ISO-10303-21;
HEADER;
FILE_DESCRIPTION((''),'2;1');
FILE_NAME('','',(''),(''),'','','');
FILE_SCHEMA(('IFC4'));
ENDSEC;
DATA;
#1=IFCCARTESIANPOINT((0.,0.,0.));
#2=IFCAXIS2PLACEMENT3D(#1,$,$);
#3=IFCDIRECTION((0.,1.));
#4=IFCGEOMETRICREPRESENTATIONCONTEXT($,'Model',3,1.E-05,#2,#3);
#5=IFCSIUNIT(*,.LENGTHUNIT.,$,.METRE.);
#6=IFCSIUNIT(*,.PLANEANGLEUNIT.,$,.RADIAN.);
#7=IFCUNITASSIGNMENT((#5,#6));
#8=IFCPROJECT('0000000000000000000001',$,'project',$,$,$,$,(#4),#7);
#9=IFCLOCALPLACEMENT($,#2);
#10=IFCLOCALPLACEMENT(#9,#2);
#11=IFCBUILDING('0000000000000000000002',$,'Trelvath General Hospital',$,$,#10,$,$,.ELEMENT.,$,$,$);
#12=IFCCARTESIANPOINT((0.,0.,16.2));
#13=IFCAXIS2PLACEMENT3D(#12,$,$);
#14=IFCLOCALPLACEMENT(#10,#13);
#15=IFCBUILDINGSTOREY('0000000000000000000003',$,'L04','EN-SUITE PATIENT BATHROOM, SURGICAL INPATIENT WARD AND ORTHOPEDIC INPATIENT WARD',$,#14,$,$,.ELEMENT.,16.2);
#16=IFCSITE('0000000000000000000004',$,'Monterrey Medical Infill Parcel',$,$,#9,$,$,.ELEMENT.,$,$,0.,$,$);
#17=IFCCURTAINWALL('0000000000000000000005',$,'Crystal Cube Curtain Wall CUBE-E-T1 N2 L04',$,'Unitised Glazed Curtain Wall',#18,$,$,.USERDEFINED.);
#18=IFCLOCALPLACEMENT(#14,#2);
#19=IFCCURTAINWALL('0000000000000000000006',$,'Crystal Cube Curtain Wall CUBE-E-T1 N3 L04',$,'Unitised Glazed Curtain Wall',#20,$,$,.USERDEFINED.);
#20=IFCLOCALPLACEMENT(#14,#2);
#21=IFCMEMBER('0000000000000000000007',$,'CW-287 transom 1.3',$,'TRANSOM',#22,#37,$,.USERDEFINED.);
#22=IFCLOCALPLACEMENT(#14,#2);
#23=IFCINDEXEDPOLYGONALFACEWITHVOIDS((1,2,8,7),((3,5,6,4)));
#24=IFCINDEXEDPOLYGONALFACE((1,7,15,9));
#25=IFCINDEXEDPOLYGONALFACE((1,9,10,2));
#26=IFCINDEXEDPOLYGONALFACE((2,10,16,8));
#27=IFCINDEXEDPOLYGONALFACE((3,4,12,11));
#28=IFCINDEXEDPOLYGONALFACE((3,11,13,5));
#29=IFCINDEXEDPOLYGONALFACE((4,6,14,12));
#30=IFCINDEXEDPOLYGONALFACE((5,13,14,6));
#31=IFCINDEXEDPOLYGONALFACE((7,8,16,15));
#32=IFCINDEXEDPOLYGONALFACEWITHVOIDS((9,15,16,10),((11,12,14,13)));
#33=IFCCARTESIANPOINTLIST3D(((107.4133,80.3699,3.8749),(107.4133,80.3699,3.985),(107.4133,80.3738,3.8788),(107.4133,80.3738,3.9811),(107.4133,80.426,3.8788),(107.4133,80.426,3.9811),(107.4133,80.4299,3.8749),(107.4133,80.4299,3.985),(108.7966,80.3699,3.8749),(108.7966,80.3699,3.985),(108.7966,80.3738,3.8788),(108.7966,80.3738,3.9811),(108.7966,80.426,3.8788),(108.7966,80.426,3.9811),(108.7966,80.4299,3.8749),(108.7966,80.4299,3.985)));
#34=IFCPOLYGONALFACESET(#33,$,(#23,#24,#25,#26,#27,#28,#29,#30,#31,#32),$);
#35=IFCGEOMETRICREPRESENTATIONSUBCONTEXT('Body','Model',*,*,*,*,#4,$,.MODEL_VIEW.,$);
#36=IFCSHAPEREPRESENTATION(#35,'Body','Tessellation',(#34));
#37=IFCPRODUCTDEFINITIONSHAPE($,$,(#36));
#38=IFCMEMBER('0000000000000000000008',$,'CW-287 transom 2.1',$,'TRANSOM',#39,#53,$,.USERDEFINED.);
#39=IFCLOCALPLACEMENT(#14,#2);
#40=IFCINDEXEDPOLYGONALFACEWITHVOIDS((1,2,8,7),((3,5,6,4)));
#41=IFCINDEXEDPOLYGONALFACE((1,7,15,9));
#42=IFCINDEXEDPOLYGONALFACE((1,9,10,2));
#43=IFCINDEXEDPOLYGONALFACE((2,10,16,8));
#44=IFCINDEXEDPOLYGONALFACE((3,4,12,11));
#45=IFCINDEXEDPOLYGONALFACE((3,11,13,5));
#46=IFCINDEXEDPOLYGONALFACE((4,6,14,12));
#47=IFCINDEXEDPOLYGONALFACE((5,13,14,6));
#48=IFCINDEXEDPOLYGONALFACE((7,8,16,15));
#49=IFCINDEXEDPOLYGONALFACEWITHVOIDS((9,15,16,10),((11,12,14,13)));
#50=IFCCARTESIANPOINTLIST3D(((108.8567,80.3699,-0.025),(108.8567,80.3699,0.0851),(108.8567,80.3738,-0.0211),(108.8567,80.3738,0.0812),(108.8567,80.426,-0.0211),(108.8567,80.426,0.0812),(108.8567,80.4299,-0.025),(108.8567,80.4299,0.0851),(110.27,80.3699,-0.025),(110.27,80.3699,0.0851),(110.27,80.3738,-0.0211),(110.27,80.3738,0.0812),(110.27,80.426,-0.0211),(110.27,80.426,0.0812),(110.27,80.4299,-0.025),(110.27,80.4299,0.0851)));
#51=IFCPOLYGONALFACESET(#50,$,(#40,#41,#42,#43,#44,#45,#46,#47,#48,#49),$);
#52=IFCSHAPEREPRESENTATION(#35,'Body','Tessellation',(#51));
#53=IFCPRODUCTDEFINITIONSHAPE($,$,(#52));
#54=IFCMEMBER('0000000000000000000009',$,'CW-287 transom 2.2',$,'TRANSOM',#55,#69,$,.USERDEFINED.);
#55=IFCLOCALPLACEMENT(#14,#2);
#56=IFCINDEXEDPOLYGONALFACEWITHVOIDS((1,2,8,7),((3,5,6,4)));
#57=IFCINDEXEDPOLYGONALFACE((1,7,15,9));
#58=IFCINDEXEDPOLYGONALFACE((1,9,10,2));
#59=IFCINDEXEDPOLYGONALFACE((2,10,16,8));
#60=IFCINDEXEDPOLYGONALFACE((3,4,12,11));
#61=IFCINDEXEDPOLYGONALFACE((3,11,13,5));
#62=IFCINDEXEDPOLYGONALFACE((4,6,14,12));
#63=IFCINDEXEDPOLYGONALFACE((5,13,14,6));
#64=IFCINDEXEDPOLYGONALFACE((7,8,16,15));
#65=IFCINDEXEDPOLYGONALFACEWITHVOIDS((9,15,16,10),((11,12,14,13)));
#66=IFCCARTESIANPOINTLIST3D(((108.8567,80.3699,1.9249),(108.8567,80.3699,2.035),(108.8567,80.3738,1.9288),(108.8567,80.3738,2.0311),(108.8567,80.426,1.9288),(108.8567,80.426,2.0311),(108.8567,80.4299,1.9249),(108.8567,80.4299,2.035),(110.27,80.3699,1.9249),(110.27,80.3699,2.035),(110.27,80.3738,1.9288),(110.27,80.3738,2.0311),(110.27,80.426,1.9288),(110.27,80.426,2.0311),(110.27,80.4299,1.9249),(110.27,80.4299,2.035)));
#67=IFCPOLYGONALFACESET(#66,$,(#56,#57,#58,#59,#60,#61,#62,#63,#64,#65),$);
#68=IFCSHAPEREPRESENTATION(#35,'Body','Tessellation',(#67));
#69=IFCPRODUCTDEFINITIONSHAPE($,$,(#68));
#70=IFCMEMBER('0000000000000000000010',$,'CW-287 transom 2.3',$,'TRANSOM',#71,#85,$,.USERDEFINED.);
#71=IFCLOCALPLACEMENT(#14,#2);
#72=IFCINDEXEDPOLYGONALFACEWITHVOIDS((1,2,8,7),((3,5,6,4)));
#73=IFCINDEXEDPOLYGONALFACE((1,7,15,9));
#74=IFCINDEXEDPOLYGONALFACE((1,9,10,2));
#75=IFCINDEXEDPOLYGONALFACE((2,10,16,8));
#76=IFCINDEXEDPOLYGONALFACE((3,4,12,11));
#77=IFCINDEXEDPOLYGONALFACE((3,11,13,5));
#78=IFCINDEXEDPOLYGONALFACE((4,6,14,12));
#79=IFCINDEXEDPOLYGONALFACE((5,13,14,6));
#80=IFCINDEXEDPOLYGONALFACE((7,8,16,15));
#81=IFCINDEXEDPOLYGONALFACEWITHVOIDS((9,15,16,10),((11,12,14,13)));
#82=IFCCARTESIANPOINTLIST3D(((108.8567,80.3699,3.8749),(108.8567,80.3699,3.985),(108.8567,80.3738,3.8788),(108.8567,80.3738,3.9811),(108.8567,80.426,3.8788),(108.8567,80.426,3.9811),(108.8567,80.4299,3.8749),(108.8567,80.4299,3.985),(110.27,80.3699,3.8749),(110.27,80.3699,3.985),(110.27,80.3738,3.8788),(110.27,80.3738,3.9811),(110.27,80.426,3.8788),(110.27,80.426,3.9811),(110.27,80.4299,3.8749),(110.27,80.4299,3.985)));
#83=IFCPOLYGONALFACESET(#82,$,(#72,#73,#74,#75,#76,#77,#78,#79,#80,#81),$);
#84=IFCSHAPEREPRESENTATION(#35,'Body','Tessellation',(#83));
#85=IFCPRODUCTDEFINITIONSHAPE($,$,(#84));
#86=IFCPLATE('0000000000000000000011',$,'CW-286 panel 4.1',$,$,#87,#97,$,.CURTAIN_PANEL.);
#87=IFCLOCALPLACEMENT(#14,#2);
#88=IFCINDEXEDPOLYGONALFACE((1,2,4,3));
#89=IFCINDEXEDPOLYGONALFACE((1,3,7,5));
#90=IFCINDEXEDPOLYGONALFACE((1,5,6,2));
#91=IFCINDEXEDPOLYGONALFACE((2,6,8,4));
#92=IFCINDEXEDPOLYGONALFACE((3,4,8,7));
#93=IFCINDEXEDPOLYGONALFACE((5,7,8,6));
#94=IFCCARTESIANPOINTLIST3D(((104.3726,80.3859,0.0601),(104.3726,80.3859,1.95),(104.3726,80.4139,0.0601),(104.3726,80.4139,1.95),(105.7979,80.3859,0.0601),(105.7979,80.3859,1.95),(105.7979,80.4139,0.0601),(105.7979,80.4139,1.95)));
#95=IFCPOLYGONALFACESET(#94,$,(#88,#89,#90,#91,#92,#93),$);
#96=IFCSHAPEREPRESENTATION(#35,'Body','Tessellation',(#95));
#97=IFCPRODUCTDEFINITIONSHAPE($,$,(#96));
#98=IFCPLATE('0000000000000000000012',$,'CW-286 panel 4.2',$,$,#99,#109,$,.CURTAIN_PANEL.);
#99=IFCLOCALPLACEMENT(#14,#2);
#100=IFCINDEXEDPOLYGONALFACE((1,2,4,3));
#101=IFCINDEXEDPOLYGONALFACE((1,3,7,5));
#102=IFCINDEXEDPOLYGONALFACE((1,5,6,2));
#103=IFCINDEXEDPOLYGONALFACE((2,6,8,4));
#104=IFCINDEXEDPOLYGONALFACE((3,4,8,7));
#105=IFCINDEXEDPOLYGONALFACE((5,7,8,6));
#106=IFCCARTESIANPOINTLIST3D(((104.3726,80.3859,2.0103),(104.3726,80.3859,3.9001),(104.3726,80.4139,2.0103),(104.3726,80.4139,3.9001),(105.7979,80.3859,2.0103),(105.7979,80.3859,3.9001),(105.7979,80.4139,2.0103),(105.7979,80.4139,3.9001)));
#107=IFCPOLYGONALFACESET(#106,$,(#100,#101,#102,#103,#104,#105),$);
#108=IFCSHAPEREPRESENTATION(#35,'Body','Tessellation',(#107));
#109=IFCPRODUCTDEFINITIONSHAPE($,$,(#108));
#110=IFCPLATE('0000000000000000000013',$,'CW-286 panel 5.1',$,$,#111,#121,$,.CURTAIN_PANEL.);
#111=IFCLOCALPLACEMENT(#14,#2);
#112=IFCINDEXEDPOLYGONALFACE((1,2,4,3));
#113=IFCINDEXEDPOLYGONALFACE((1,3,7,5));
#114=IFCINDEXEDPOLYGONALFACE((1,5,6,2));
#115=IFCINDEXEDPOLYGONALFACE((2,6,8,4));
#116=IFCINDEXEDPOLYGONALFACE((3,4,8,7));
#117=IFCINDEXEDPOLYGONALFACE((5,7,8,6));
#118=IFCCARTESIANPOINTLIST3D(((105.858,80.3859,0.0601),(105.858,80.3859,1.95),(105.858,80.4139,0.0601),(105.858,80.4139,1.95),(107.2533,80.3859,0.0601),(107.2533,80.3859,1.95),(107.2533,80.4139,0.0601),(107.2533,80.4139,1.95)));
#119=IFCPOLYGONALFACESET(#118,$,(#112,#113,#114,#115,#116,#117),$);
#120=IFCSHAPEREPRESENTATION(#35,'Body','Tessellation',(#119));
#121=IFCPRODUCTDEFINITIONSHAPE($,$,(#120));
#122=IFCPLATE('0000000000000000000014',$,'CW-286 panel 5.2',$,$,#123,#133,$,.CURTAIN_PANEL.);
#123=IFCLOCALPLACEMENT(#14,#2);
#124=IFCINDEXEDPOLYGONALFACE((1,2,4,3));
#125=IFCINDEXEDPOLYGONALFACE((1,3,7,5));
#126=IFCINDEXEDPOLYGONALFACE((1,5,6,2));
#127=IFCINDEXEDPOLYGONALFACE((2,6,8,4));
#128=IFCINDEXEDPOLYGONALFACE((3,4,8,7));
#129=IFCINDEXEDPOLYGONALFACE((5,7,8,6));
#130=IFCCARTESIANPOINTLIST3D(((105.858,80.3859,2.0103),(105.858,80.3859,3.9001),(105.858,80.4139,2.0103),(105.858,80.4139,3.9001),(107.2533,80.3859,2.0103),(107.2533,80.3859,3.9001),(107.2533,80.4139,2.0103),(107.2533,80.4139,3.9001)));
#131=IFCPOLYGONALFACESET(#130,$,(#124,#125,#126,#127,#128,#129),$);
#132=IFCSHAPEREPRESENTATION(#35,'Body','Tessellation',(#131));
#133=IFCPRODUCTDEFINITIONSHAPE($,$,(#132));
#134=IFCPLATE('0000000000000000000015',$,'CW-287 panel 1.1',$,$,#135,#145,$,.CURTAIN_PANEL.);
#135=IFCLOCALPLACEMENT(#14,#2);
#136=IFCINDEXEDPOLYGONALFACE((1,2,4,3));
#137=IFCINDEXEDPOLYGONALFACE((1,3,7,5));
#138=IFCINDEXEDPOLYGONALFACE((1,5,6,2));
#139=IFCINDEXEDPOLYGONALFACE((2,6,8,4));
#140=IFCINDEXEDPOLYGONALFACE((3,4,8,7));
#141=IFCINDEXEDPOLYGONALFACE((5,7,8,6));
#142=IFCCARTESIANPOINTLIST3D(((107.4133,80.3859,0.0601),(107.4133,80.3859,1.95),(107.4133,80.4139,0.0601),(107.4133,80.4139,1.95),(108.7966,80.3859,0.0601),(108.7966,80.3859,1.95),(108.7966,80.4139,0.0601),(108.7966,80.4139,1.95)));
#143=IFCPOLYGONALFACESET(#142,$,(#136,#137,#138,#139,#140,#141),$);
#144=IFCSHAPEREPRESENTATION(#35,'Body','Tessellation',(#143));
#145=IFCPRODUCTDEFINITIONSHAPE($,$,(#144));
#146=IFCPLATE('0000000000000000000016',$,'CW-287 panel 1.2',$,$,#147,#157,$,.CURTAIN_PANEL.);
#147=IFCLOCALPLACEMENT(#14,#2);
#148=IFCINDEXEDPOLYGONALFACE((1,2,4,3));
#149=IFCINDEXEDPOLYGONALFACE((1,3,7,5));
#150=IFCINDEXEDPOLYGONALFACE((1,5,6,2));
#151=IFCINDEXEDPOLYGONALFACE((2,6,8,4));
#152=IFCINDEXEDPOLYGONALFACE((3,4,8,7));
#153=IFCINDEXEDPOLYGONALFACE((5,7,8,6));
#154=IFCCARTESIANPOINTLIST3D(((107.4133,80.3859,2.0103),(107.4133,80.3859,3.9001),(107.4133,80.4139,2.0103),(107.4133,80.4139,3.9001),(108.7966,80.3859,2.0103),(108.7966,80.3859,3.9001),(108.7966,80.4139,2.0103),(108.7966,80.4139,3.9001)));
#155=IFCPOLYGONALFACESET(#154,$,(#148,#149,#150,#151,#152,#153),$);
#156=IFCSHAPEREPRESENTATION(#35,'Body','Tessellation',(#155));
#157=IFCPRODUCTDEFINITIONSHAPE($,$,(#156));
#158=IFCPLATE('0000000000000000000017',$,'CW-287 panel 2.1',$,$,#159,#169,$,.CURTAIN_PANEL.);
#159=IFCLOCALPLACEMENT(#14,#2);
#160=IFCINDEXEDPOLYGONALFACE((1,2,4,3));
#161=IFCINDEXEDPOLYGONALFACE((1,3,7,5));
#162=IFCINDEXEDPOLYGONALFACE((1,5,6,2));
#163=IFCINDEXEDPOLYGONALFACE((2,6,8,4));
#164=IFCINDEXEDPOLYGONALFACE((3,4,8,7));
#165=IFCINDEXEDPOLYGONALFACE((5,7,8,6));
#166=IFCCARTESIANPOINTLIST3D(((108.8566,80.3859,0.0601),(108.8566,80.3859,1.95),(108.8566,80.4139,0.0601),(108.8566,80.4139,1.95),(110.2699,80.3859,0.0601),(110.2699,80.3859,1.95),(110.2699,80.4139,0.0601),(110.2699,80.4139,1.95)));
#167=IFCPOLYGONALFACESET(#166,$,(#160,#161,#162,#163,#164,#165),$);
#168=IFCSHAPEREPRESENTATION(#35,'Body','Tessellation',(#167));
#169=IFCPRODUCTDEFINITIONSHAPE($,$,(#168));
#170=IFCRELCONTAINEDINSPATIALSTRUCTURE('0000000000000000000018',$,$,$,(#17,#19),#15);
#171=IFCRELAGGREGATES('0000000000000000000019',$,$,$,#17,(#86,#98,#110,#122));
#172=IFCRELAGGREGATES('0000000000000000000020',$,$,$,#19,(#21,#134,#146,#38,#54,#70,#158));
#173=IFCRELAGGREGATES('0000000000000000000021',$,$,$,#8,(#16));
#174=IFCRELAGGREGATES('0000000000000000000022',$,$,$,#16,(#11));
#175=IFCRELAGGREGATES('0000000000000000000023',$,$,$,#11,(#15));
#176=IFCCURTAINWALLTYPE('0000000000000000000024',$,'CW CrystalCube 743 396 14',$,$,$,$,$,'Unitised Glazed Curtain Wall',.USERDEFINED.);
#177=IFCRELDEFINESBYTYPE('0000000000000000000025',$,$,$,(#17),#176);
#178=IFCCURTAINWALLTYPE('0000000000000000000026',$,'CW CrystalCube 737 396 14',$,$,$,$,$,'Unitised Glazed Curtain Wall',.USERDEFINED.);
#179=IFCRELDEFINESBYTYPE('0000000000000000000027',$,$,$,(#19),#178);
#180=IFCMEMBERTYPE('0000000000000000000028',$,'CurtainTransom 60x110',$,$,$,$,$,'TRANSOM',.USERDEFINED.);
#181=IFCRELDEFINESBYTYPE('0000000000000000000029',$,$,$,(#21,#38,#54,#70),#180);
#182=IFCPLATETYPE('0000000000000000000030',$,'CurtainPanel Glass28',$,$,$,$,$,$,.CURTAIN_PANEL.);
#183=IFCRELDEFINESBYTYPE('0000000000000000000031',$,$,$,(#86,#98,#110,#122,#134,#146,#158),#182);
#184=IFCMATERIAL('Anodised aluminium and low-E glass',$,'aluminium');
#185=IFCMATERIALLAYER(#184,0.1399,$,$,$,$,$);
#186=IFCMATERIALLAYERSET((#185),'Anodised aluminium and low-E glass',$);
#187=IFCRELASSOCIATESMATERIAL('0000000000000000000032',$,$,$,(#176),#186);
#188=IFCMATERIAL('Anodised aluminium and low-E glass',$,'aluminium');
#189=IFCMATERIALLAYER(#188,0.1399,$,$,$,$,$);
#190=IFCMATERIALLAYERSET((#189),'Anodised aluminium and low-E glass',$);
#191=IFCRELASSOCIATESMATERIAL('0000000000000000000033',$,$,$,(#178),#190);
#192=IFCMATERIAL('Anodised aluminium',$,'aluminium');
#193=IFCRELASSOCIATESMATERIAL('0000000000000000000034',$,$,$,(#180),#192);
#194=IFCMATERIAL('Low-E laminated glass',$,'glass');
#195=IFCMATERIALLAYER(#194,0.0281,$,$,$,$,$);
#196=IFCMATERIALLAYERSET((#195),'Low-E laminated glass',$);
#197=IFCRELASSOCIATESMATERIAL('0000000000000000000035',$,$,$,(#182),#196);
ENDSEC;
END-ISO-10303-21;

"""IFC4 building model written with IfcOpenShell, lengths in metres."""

from ifc_helpers import new_model, si_unit, direction, frame, origin, origin_2d, place, context, subcontext, project, spatial, rectangle, hollow_rectangle, extrude, material, layer, layer_set, material_profile, profile_set, type_object, element, aggregate, save


model = new_model("IFC4")

# Units and contexts
model_context = context("Model", 3, precision=1e-05, world=origin(), true_north=direction((0.0, 1.0)))
body_context = subcontext(model_context, "Body", "Model", "MODEL_VIEW")
ifc_project = project(units=[si_unit("LENGTHUNIT", "METRE"), si_unit("PLANEANGLEUNIT", "RADIAN")], contexts=[model_context])

# Site, building, storey
site_placement = place(None, origin())
site = spatial("IfcSite", under=ifc_project, at=site_placement, Name="Monterrey Medical Infill Parcel", CompositionType="ELEMENT", RefElevation=0.0)
building_placement = place(site_placement, origin())
building = spatial("IfcBuilding", under=site, at=building_placement, Name="Trelvath General Hospital", CompositionType="ELEMENT")
storey_placement = place(building_placement, frame((0.0, 0.0, 16.2)))
storey = spatial("IfcBuildingStorey", under=building, at=storey_placement, Name="L04", Description="EN-SUITE PATIENT BATHROOM, SURGICAL INPATIENT WARD AND ORTHOPEDIC INPATIENT WARD", CompositionType="ELEMENT", Elevation=16.2)

# Curtain walls
ifc_material_1 = material(Name="Anodised aluminium and low-E glass", Category="aluminium")
ifc_layer_1 = layer(ifc_material_1, 0.1399)
ifc_layer_set_1 = layer_set([ifc_layer_1], Name="Anodised aluminium and low-E glass")
curtain_wall_type_1 = type_object("IfcCurtainWallType", Name="CW CrystalCube 743 396 14", ElementType="Unitised Glazed Curtain Wall", PredefinedType="USERDEFINED", material=ifc_layer_set_1)
curtain_wall_1_placement = place(storey_placement, origin())
curtain_wall_1 = element("IfcCurtainWall", 1, at=curtain_wall_1_placement, inside=storey, type_object=curtain_wall_type_1, Name="Crystal Cube Curtain Wall CUBE-E-T1 N2 L04", ObjectType="Unitised Glazed Curtain Wall", PredefinedType="USERDEFINED")
ifc_material_2 = material(Name="Anodised aluminium and low-E glass", Category="aluminium")
ifc_layer_2 = layer(ifc_material_2, 0.1399)
ifc_layer_set_2 = layer_set([ifc_layer_2], Name="Anodised aluminium and low-E glass")
curtain_wall_type_2 = type_object("IfcCurtainWallType", Name="CW CrystalCube 737 396 14", ElementType="Unitised Glazed Curtain Wall", PredefinedType="USERDEFINED", material=ifc_layer_set_2)
curtain_wall_2_placement = place(storey_placement, origin())
curtain_wall_2 = element("IfcCurtainWall", 2, at=curtain_wall_2_placement, inside=storey, type_object=curtain_wall_type_2, Name="Crystal Cube Curtain Wall CUBE-E-T1 N3 L04", ObjectType="Unitised Glazed Curtain Wall", PredefinedType="USERDEFINED")

# Members
ifc_material_3 = material(Name="Anodised aluminium", Category="aluminium")
ifc_material_profile_1 = material_profile(ifc_material_3, hollow_rectangle(XDim=0.0601, YDim=0.1101, WallThickness=0.0039, at=origin_2d()), Name="RHS60x110x4")
ifc_profile_set_1 = profile_set([ifc_material_profile_1], Name="Anodised aluminium")
member_type_1 = type_object("IfcMemberType", Name="CurtainTransom 60x110", ElementType="TRANSOM", PredefinedType="USERDEFINED", material=ifc_profile_set_1)
member_1_placement = place(storey_placement, frame((107.4133, 80.3999, 3.9299), z_axis=(1.0, 0.0, 0.0), x_axis=(0.0, 1.0, 0.0)))
member_1 = element("IfcMember", 3, at=member_1_placement, type_object=member_type_1, Name="CW-287 transom 1.3", ObjectType="TRANSOM", PredefinedType="USERDEFINED", context=body_context, shape_type="SweptSolid", body=[
    extrude(hollow_rectangle(XDim=0.0601, YDim=0.1101, WallThickness=0.0039, at=origin_2d()), origin(), (0.0, 0.0, 1.0), 1.3833),
])
member_2_placement = place(storey_placement, frame((108.8567, 80.3999, 0.03), z_axis=(1.0, 0.0, 0.0), x_axis=(0.0, 1.0, 0.0)))
member_2 = element("IfcMember", 4, at=member_2_placement, type_object=member_type_1, Name="CW-287 transom 2.1", ObjectType="TRANSOM", PredefinedType="USERDEFINED", context=body_context, shape_type="SweptSolid", body=[
    extrude(hollow_rectangle(XDim=0.0601, YDim=0.1101, WallThickness=0.0039, at=origin_2d()), origin(), (0.0, 0.0, 1.0), 1.4133),
])
member_3_placement = place(storey_placement, frame((108.8567, 80.3999, 1.98), z_axis=(1.0, 0.0, 0.0), x_axis=(0.0, 1.0, 0.0)))
member_3 = element("IfcMember", 5, at=member_3_placement, type_object=member_type_1, Name="CW-287 transom 2.2", ObjectType="TRANSOM", PredefinedType="USERDEFINED", context=body_context, shape_type="SweptSolid", body=[
    extrude(hollow_rectangle(XDim=0.0601, YDim=0.1101, WallThickness=0.0039, at=origin_2d()), origin(), (0.0, 0.0, 1.0), 1.4133),
])
member_4_placement = place(storey_placement, frame((108.8567, 80.3999, 3.9299), z_axis=(1.0, 0.0, 0.0), x_axis=(0.0, 1.0, 0.0)))
member_4 = element("IfcMember", 6, at=member_4_placement, type_object=member_type_1, Name="CW-287 transom 2.3", ObjectType="TRANSOM", PredefinedType="USERDEFINED", context=body_context, shape_type="SweptSolid", body=[
    extrude(hollow_rectangle(XDim=0.0601, YDim=0.1101, WallThickness=0.0039, at=origin_2d()), origin(), (0.0, 0.0, 1.0), 1.4133),
])

# Plates
ifc_material_4 = material(Name="Low-E laminated glass", Category="glass")
ifc_layer_3 = layer(ifc_material_4, 0.0281)
ifc_layer_set_3 = layer_set([ifc_layer_3], Name="Low-E laminated glass")
plate_type = type_object("IfcPlateType", Name="CurtainPanel Glass28", PredefinedType="CURTAIN_PANEL", material=ifc_layer_set_3)
plate_1_placement = place(storey_placement, frame((105.0852, 80.3999, 0.0601), z_axis=(0.0, 0.0, 1.0), x_axis=(1.0, 0.0, 0.0)))
plate_1 = element("IfcPlate", 7, at=plate_1_placement, type_object=plate_type, Name="CW-286 panel 4.1", PredefinedType="CURTAIN_PANEL", context=body_context, shape_type="SweptSolid", body=[
    extrude(rectangle(XDim=1.4253, YDim=0.0281, at=origin_2d()), origin(), (0.0, 0.0, 1.0), 1.8899),
])
plate_2_placement = place(storey_placement, frame((105.0852, 80.3999, 2.0103), z_axis=(0.0, 0.0, 1.0), x_axis=(1.0, 0.0, 0.0)))
plate_2 = element("IfcPlate", 8, at=plate_2_placement, type_object=plate_type, Name="CW-286 panel 4.2", PredefinedType="CURTAIN_PANEL", context=body_context, shape_type="SweptSolid", body=[
    extrude(rectangle(XDim=1.4253, YDim=0.0281, at=origin_2d()), origin(), (0.0, 0.0, 1.0), 1.8899),
])
plate_3_placement = place(storey_placement, frame((106.5557, 80.3999, 0.0601), z_axis=(0.0, 0.0, 1.0), x_axis=(1.0, 0.0, 0.0)))
plate_3 = element("IfcPlate", 9, at=plate_3_placement, type_object=plate_type, Name="CW-286 panel 5.1", PredefinedType="CURTAIN_PANEL", context=body_context, shape_type="SweptSolid", body=[
    extrude(rectangle(XDim=1.3953, YDim=0.0281, at=origin_2d()), origin(), (0.0, 0.0, 1.0), 1.8899),
])
plate_4_placement = place(storey_placement, frame((106.5557, 80.3999, 2.0103), z_axis=(0.0, 0.0, 1.0), x_axis=(1.0, 0.0, 0.0)))
plate_4 = element("IfcPlate", 10, at=plate_4_placement, type_object=plate_type, Name="CW-286 panel 5.2", PredefinedType="CURTAIN_PANEL", context=body_context, shape_type="SweptSolid", body=[
    extrude(rectangle(XDim=1.3953, YDim=0.0281, at=origin_2d()), origin(), (0.0, 0.0, 1.0), 1.8899),
])
aggregate(curtain_wall_1, [plate_1, plate_2, plate_3, plate_4])
plate_5_placement = place(storey_placement, frame((108.105, 80.3999, 0.0601), z_axis=(0.0, 0.0, 1.0), x_axis=(1.0, 0.0, 0.0)))
plate_5 = element("IfcPlate", 11, at=plate_5_placement, type_object=plate_type, Name="CW-287 panel 1.1", PredefinedType="CURTAIN_PANEL", context=body_context, shape_type="SweptSolid", body=[
    extrude(rectangle(XDim=1.3833, YDim=0.0281, at=origin_2d()), origin(), (0.0, 0.0, 1.0), 1.8899),
])
plate_6_placement = place(storey_placement, frame((108.105, 80.3999, 2.0103), z_axis=(0.0, 0.0, 1.0), x_axis=(1.0, 0.0, 0.0)))
plate_6 = element("IfcPlate", 12, at=plate_6_placement, type_object=plate_type, Name="CW-287 panel 1.2", PredefinedType="CURTAIN_PANEL", context=body_context, shape_type="SweptSolid", body=[
    extrude(rectangle(XDim=1.3833, YDim=0.0281, at=origin_2d()), origin(), (0.0, 0.0, 1.0), 1.8899),
])
plate_7_placement = place(storey_placement, frame((109.5632, 80.3999, 0.0601), z_axis=(0.0, 0.0, 1.0), x_axis=(1.0, 0.0, 0.0)))
plate_7 = element("IfcPlate", 13, at=plate_7_placement, type_object=plate_type, Name="CW-287 panel 2.1", PredefinedType="CURTAIN_PANEL", context=body_context, shape_type="SweptSolid", body=[
    extrude(rectangle(XDim=1.4133, YDim=0.0281, at=origin_2d()), origin(), (0.0, 0.0, 1.0), 1.8899),
])
aggregate(curtain_wall_2, [member_1, plate_5, plate_6, member_2, member_3, member_4, plate_7])

save(model, "model.ifc")
